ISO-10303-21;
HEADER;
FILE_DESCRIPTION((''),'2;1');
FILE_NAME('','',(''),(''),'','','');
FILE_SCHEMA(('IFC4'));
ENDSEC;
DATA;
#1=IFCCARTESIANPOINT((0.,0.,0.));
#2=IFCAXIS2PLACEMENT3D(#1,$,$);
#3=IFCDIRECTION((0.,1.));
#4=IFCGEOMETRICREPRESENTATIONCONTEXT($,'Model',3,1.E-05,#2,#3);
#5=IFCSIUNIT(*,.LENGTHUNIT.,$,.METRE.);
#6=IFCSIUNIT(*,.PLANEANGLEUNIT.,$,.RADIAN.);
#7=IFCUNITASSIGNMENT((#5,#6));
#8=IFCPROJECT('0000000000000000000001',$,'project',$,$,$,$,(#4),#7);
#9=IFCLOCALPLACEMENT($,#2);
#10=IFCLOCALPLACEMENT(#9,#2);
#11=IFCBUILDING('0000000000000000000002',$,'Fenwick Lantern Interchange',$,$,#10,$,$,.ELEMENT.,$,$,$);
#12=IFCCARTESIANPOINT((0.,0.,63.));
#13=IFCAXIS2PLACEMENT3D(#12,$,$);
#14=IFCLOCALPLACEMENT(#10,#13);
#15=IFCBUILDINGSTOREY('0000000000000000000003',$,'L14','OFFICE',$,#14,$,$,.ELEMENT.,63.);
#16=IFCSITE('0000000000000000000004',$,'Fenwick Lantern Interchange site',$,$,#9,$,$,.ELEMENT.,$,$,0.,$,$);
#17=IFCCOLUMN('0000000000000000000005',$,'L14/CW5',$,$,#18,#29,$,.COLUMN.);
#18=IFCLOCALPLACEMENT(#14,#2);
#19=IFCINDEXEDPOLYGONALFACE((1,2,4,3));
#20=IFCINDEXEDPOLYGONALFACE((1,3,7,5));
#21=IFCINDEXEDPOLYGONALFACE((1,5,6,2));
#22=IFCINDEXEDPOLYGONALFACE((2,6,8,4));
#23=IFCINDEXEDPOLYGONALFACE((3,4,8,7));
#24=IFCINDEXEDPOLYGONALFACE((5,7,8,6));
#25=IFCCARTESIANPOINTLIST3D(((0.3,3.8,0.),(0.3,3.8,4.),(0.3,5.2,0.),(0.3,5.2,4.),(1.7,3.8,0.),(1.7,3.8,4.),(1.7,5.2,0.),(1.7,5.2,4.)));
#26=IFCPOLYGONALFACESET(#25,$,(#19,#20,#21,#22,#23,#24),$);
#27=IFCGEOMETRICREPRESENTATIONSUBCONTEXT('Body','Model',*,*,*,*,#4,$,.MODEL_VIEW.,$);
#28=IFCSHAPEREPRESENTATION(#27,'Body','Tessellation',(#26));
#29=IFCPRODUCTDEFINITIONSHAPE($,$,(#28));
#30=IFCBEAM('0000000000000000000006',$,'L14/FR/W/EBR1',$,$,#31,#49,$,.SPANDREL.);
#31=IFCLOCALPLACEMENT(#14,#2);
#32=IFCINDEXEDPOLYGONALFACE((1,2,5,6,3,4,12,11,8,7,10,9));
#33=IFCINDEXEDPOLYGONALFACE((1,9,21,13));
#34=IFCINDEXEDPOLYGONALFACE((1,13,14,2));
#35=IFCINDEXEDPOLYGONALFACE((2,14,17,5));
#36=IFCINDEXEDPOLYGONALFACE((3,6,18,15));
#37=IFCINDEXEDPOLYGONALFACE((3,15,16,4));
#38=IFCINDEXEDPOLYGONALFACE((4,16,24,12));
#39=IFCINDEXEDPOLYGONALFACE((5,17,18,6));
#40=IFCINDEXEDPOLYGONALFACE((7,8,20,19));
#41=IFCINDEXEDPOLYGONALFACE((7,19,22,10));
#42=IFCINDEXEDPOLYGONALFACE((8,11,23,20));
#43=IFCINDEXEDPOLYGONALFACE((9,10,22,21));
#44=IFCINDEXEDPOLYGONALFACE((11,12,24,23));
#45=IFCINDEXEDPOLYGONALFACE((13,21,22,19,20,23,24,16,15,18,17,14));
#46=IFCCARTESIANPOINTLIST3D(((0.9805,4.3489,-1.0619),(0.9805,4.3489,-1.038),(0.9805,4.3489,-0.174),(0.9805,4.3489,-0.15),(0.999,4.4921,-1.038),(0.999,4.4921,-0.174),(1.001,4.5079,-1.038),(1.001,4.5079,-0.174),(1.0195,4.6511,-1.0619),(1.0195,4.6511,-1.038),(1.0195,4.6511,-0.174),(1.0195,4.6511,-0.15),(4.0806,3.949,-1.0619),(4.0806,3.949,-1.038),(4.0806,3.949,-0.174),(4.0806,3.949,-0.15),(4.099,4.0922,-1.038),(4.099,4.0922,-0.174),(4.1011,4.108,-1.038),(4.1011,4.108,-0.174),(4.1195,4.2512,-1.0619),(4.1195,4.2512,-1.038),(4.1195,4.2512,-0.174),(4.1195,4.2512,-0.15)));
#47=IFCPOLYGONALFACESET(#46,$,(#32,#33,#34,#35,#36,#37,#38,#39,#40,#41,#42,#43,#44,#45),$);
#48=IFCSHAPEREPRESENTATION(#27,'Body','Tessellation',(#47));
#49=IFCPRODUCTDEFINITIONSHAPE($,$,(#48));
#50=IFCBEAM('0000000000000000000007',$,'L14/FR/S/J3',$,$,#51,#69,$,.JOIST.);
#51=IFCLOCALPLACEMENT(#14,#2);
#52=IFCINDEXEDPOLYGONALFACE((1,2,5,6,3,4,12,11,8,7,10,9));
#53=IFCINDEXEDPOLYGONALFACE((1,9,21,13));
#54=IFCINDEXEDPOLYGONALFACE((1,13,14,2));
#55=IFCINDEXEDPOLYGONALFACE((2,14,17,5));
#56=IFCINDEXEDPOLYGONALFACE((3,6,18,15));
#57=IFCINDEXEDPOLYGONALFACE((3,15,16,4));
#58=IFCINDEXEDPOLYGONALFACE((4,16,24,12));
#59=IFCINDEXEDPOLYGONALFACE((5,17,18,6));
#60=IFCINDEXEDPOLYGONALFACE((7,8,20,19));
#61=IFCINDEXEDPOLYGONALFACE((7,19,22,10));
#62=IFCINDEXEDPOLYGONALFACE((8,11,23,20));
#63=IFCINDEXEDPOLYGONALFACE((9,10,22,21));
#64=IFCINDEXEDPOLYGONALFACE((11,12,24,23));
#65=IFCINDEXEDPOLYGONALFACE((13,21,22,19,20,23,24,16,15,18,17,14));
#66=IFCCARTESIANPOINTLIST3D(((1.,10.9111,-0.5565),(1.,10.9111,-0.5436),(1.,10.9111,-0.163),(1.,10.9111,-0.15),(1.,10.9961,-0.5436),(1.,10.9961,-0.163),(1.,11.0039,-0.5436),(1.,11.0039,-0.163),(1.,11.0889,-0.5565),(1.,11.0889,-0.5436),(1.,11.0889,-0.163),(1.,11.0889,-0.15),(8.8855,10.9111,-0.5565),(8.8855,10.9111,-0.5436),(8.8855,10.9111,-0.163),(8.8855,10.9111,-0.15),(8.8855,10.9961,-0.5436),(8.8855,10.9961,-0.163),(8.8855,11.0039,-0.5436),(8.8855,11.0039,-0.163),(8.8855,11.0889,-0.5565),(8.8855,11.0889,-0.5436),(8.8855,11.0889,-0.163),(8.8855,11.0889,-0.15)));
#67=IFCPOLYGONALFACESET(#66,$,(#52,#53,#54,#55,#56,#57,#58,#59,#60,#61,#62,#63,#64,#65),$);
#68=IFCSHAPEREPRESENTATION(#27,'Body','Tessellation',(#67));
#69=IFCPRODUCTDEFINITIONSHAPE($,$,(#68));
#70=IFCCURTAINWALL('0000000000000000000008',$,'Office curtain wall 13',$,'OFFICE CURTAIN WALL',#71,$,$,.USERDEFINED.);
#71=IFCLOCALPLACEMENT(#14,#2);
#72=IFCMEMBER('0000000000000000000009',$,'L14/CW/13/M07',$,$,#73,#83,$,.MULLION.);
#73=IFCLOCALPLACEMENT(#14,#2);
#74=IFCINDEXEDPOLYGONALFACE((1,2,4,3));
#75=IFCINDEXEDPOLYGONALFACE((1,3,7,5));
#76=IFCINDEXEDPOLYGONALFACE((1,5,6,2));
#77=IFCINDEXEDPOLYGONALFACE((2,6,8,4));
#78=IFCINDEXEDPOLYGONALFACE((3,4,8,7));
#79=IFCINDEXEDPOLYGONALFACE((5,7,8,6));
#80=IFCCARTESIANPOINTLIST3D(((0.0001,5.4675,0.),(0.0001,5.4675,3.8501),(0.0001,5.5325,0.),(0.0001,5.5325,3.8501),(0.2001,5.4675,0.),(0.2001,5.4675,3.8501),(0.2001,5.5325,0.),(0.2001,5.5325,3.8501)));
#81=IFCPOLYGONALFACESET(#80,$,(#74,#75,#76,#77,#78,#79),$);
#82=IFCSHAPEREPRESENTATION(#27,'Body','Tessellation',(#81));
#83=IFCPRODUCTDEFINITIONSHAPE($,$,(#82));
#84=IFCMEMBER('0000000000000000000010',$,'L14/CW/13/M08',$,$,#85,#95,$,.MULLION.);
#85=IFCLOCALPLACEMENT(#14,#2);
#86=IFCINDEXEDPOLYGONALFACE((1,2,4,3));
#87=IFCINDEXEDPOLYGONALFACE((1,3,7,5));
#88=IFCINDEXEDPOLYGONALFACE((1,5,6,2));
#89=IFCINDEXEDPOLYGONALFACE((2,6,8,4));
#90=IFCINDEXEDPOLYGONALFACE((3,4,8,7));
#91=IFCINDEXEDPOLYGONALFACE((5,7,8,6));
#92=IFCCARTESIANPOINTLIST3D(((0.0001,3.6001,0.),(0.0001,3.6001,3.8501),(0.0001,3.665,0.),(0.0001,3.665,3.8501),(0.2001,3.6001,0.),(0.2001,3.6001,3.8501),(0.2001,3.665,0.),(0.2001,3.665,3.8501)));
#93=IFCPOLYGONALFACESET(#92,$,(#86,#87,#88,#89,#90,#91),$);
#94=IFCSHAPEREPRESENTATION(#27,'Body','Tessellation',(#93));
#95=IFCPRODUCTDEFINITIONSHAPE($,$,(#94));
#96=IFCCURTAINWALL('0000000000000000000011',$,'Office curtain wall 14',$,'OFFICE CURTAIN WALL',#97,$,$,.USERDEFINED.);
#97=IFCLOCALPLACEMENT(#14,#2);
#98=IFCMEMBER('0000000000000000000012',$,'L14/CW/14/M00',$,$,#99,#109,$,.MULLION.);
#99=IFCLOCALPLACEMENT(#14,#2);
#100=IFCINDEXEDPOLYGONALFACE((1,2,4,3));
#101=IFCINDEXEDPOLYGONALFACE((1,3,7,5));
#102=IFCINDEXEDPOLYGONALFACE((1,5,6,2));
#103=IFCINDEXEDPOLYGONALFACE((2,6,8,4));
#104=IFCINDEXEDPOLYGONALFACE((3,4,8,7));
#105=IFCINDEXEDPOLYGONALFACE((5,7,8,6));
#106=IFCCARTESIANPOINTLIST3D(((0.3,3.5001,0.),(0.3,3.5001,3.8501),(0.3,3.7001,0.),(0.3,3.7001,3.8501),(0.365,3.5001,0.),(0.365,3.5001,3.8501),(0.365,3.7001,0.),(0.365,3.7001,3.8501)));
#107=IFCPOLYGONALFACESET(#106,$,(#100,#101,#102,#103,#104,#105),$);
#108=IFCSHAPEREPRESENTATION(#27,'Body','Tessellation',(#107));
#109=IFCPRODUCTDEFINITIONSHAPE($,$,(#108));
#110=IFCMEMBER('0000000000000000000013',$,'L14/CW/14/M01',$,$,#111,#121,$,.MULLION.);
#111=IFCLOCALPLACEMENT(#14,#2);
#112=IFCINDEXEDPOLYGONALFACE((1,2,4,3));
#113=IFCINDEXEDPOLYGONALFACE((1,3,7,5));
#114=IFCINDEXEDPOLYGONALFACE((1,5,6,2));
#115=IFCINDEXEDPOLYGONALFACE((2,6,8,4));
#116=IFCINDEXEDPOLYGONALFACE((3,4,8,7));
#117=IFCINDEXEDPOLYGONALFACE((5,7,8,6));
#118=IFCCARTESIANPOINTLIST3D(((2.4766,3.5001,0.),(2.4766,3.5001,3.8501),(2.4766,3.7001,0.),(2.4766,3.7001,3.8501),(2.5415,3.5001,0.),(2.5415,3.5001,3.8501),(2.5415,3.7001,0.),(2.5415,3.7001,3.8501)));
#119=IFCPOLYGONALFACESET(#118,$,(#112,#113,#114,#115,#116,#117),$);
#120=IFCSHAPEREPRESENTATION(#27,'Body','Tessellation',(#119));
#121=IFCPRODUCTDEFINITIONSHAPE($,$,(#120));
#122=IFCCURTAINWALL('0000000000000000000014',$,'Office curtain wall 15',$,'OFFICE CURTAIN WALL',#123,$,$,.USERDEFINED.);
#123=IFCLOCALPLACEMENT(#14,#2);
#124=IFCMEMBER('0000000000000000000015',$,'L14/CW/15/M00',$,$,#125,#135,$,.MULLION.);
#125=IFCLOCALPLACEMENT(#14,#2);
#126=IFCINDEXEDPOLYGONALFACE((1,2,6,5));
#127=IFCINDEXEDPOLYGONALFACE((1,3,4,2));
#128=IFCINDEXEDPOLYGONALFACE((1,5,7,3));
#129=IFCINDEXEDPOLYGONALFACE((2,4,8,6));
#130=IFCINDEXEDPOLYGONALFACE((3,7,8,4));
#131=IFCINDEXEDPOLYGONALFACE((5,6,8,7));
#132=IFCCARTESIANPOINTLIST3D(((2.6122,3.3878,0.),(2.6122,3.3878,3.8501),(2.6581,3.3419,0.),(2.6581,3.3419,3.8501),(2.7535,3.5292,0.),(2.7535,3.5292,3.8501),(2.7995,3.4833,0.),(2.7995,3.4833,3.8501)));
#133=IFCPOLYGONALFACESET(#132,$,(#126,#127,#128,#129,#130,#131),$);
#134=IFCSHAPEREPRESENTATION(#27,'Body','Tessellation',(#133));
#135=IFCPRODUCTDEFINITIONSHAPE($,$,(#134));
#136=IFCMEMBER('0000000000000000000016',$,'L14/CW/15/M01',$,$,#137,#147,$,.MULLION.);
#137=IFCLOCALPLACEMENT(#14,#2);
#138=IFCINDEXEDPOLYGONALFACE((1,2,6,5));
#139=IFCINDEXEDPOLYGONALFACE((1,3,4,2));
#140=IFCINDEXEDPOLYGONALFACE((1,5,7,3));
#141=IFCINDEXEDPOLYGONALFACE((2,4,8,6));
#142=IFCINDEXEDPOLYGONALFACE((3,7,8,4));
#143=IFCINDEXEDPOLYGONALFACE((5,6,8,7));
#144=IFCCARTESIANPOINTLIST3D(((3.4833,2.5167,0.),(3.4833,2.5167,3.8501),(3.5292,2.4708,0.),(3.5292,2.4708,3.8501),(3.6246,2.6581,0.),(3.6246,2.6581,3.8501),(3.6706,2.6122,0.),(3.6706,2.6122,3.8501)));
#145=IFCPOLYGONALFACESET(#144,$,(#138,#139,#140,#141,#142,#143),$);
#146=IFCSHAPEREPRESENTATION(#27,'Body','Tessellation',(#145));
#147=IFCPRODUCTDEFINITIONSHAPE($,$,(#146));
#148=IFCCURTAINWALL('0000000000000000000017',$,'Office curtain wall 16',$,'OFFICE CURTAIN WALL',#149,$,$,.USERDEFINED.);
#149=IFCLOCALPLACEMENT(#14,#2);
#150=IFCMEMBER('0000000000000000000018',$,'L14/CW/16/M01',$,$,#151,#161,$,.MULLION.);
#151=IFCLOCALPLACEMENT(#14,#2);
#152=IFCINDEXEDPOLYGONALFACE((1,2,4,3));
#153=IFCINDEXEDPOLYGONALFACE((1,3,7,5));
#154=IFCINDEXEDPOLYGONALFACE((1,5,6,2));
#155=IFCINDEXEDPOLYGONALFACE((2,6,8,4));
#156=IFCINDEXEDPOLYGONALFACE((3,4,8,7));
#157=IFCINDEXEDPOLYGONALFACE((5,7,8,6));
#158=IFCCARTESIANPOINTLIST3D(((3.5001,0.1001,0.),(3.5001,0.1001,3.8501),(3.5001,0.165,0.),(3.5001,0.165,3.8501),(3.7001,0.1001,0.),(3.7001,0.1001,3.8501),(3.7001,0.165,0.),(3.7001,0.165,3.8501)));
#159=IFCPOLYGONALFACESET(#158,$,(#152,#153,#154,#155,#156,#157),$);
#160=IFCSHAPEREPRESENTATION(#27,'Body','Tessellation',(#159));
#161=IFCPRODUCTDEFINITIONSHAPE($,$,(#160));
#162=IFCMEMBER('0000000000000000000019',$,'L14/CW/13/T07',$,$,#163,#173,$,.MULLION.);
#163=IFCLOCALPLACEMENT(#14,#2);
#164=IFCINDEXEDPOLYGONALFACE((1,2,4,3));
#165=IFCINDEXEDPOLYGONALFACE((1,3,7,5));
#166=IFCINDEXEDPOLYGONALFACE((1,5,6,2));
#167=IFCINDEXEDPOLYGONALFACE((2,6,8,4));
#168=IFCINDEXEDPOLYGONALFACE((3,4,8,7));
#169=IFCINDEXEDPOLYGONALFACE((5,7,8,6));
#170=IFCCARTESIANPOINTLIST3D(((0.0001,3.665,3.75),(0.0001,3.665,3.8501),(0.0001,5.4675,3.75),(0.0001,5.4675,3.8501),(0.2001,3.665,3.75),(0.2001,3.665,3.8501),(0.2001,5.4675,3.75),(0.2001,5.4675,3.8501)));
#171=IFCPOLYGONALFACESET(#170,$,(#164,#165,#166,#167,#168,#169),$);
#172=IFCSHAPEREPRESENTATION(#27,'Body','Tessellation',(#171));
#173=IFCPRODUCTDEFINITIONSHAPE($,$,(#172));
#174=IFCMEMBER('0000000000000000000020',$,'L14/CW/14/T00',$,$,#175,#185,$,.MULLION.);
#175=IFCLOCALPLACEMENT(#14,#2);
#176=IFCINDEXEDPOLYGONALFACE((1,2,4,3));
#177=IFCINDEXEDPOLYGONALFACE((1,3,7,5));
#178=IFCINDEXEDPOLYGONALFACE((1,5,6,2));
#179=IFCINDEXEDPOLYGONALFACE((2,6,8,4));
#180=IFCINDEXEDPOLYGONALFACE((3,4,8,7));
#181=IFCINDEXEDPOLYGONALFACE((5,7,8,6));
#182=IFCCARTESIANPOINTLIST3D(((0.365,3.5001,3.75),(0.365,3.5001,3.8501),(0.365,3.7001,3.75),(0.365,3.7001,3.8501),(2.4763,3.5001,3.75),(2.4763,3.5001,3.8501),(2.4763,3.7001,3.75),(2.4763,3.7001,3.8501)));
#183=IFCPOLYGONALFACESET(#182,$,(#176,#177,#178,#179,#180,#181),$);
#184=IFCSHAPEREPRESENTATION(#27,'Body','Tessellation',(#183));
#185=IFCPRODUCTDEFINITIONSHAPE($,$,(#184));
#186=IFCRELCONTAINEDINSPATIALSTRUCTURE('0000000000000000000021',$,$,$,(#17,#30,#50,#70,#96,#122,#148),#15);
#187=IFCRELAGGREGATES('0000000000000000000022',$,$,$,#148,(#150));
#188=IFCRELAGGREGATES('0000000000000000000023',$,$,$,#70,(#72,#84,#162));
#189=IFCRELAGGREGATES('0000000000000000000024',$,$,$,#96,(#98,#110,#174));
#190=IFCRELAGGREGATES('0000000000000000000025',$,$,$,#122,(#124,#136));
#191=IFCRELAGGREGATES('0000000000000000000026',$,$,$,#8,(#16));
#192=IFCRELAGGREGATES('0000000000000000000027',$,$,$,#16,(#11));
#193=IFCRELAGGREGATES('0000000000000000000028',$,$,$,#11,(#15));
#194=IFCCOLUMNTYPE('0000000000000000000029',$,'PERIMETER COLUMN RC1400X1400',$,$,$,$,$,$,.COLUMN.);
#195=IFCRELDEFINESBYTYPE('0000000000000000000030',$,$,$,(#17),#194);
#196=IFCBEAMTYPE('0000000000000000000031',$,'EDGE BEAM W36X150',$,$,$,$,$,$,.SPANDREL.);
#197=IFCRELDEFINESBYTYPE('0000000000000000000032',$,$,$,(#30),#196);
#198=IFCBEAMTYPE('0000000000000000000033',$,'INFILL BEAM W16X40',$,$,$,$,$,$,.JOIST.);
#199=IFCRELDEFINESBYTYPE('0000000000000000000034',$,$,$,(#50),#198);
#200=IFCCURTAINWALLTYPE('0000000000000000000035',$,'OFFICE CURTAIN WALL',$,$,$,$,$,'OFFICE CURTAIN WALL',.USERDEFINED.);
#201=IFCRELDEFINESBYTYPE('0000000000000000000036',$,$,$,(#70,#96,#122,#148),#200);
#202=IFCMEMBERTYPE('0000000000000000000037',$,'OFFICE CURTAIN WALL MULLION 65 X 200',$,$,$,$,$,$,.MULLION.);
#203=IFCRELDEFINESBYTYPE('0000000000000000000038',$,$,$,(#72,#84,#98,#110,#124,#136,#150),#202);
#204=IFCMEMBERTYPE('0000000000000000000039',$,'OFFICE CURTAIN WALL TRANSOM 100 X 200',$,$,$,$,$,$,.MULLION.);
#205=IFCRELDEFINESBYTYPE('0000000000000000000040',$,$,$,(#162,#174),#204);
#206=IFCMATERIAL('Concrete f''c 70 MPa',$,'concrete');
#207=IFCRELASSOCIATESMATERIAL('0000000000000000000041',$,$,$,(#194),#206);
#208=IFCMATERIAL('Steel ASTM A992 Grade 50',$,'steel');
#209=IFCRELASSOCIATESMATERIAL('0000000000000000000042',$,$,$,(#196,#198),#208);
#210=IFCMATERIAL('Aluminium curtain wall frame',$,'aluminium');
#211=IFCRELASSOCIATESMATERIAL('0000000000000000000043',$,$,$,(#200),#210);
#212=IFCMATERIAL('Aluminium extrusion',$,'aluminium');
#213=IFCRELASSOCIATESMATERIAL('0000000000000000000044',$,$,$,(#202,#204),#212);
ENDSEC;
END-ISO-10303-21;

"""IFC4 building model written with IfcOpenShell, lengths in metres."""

from ifc_helpers import new_model, si_unit, direction, frame, origin, origin_2d, place, context, subcontext, project, spatial, rectangle, i_section, extrude, material, material_profile, profile_set, type_object, element, aggregate, save


model = new_model("IFC4")

# Units and contexts
model_context = context("Model", 3, precision=1e-05, world=origin(), true_north=direction((0.0, 1.0)))
body_context = subcontext(model_context, "Body", "Model", "MODEL_VIEW")
ifc_project = project(units=[si_unit("LENGTHUNIT", "METRE"), si_unit("PLANEANGLEUNIT", "RADIAN")], contexts=[model_context])

# Site, building, storey
site_placement = place(None, origin())
site = spatial("IfcSite", under=ifc_project, at=site_placement, Name="Fenwick Lantern Interchange site", CompositionType="ELEMENT", RefElevation=0.0)
building_placement = place(site_placement, origin())
building = spatial("IfcBuilding", under=site, at=building_placement, Name="Fenwick Lantern Interchange", CompositionType="ELEMENT")
storey_placement = place(building_placement, frame((0.0, 0.0, 63.0)))
storey = spatial("IfcBuildingStorey", under=building, at=storey_placement, Name="L14", Description="OFFICE", CompositionType="ELEMENT", Elevation=63.0)

# Column
ifc_material_1 = material(Name="Concrete f'c 70 MPa", Category="concrete")
ifc_material_profile_1 = material_profile(ifc_material_1, rectangle(XDim=1.3999, YDim=1.3999, at=origin_2d()), Name="RC1400X1400")
ifc_profile_set_1 = profile_set([ifc_material_profile_1], Name="Concrete f'c 70 MPa")
column_type = type_object("IfcColumnType", Name="PERIMETER COLUMN RC1400X1400", PredefinedType="COLUMN", material=ifc_profile_set_1)
column_placement = place(storey_placement, frame((1.0, 4.5, 0.0), z_axis=(0.0, 0.0, 1.0), x_axis=(1.0, 0.0, 0.0)))
element("IfcColumn", 1, at=column_placement, inside=storey, type_object=column_type, Name="L14/CW5", PredefinedType="COLUMN", context=body_context, shape_type="SweptSolid", body=[
    extrude(rectangle(XDim=1.3999, YDim=1.3999, at=origin_2d()), origin(), (0.0, 0.0, 1.0), 4.0),
])

# Beams
ifc_material_2 = material(Name="Steel ASTM A992 Grade 50", Category="steel")
ifc_material_profile_2 = material_profile(ifc_material_2, i_section(OverallWidth=0.3047, OverallDepth=0.9119, WebThickness=0.0159, FlangeThickness=0.0239, at=origin_2d()), Name="W36X150")
ifc_profile_set_2 = profile_set([ifc_material_profile_2], Name="Steel ASTM A992 Grade 50")
beam_type_1 = type_object("IfcBeamType", Name="EDGE BEAM W36X150", PredefinedType="SPANDREL", material=ifc_profile_set_2)
beam_1_placement = place(storey_placement, frame((1.0, 4.5, -0.606), z_axis=(0.991782, -0.127937, 0.0), x_axis=(0.127937, 0.991782, 0.0)))
element("IfcBeam", 2, at=beam_1_placement, inside=storey, type_object=beam_type_1, Name="L14/FR/W/EBR1", PredefinedType="SPANDREL", context=body_context, shape_type="SweptSolid", body=[
    extrude(i_section(OverallWidth=0.3047, OverallDepth=0.9119, WebThickness=0.0159, FlangeThickness=0.0239, at=origin_2d()), origin(), (0.0, 0.0, 1.0), 3.1257),
])
ifc_material_profile_3 = material_profile(ifc_material_2, i_section(OverallWidth=0.1777, OverallDepth=0.4065, WebThickness=0.0078, FlangeThickness=0.0129, at=origin_2d()), Name="W16X40")
ifc_profile_set_3 = profile_set([ifc_material_profile_3], Name="Steel ASTM A992 Grade 50")
beam_type_2 = type_object("IfcBeamType", Name="INFILL BEAM W16X40", PredefinedType="JOIST", material=ifc_profile_set_3)
beam_2_placement = place(storey_placement, frame((1.0, 11.0, -0.3533), z_axis=(1.0, 0.0, 0.0), x_axis=(0.0, 1.0, 0.0)))
element("IfcBeam", 3, at=beam_2_placement, inside=storey, type_object=beam_type_2, Name="L14/FR/S/J3", PredefinedType="JOIST", context=body_context, shape_type="SweptSolid", body=[
    extrude(i_section(OverallWidth=0.1777, OverallDepth=0.4065, WebThickness=0.0078, FlangeThickness=0.0129, at=origin_2d()), origin(), (0.0, 0.0, 1.0), 7.8855),
])

# Curtain walls, members
ifc_material_3 = material(Name="Aluminium curtain wall frame", Category="aluminium")
curtain_wall_type = type_object("IfcCurtainWallType", Name="OFFICE CURTAIN WALL", ElementType="OFFICE CURTAIN WALL", PredefinedType="USERDEFINED", material=ifc_material_3)
curtain_wall_1_placement = place(storey_placement, origin())
curtain_wall_1 = element("IfcCurtainWall", 4, at=curtain_wall_1_placement, inside=storey, type_object=curtain_wall_type, Name="Office curtain wall 13", ObjectType="OFFICE CURTAIN WALL", PredefinedType="USERDEFINED")
ifc_material_4 = material(Name="Aluminium extrusion", Category="aluminium")
ifc_material_profile_4 = material_profile(ifc_material_4, rectangle(XDim=0.2, YDim=0.0649, at=origin_2d()), Name="OFFICE CURTAIN WALL MULLION 65 X 200")
ifc_profile_set_4 = profile_set([ifc_material_profile_4], Name="Aluminium extrusion")
member_type_1 = type_object("IfcMemberType", Name="OFFICE CURTAIN WALL MULLION 65 X 200", PredefinedType="MULLION", material=ifc_profile_set_4)
member_1_placement = place(storey_placement, frame((0.1001, 5.5, 0.0), z_axis=(0.0, 0.0, 1.0), x_axis=(1.0, 0.0, 0.0)))
member_1 = element("IfcMember", 5, at=member_1_placement, type_object=member_type_1, Name="L14/CW/13/M07", PredefinedType="MULLION", context=body_context, shape_type="SweptSolid", body=[
    extrude(rectangle(XDim=0.2, YDim=0.0649, at=origin_2d()), origin(), (0.0, 0.0, 1.0), 3.8501),
])
member_2_placement = place(storey_placement, frame((0.1001, 3.6326, 0.0), z_axis=(0.0, 0.0, 1.0), x_axis=(1.0, 0.0, 0.0)))
member_2 = element("IfcMember", 6, at=member_2_placement, type_object=member_type_1, Name="L14/CW/13/M08", PredefinedType="MULLION", context=body_context, shape_type="SweptSolid", body=[
    extrude(rectangle(XDim=0.2, YDim=0.0649, at=origin_2d()), origin(), (0.0, 0.0, 1.0), 3.8501),
])
curtain_wall_2_placement = place(storey_placement, origin())
curtain_wall_2 = element("IfcCurtainWall", 7, at=curtain_wall_2_placement, inside=storey, type_object=curtain_wall_type, Name="Office curtain wall 14", ObjectType="OFFICE CURTAIN WALL", PredefinedType="USERDEFINED")
member_3_placement = place(storey_placement, frame((0.3325, 3.6001, 0.0), z_axis=(0.0, 0.0, 1.0), x_axis=(0.0, 1.0, 0.0)))
member_3 = element("IfcMember", 8, at=member_3_placement, type_object=member_type_1, Name="L14/CW/14/M00", PredefinedType="MULLION", context=body_context, shape_type="SweptSolid", body=[
    extrude(rectangle(XDim=0.2, YDim=0.0649, at=origin_2d()), origin(), (0.0, 0.0, 1.0), 3.8501),
])
member_4_placement = place(storey_placement, frame((2.509, 3.6001, 0.0), z_axis=(0.0, 0.0, 1.0), x_axis=(0.0, 1.0, 0.0)))
member_4 = element("IfcMember", 9, at=member_4_placement, type_object=member_type_1, Name="L14/CW/14/M01", PredefinedType="MULLION", context=body_context, shape_type="SweptSolid", body=[
    extrude(rectangle(XDim=0.2, YDim=0.0649, at=origin_2d()), origin(), (0.0, 0.0, 1.0), 3.8501),
])
curtain_wall_3_placement = place(storey_placement, origin())
curtain_wall_3 = element("IfcCurtainWall", 10, at=curtain_wall_3_placement, inside=storey, type_object=curtain_wall_type, Name="Office curtain wall 15", ObjectType="OFFICE CURTAIN WALL", PredefinedType="USERDEFINED")
member_5_placement = place(storey_placement, frame((2.7058, 3.4355, 0.0), z_axis=(0.0, 0.0, 1.0), x_axis=(0.707107, 0.707107, 0.0)))
member_5 = element("IfcMember", 11, at=member_5_placement, type_object=member_type_1, Name="L14/CW/15/M00", PredefinedType="MULLION", context=body_context, shape_type="SweptSolid", body=[
    extrude(rectangle(XDim=0.2, YDim=0.0649, at=origin_2d()), origin(), (0.0, 0.0, 1.0), 3.8501),
])
member_6_placement = place(storey_placement, frame((3.5769, 2.5645, 0.0), z_axis=(0.0, 0.0, 1.0), x_axis=(0.707107, 0.707107, 0.0)))
member_6 = element("IfcMember", 12, at=member_6_placement, type_object=member_type_1, Name="L14/CW/15/M01", PredefinedType="MULLION", context=body_context, shape_type="SweptSolid", body=[
    extrude(rectangle(XDim=0.2, YDim=0.0649, at=origin_2d()), origin(), (0.0, 0.0, 1.0), 3.8501),
])

# Curtain wall, member
curtain_wall_4_placement = place(storey_placement, origin())
curtain_wall_4 = element("IfcCurtainWall", 13, at=curtain_wall_4_placement, inside=storey, type_object=curtain_wall_type, Name="Office curtain wall 16", ObjectType="OFFICE CURTAIN WALL", PredefinedType="USERDEFINED")
member_7_placement = place(storey_placement, frame((3.6001, 0.1326, 0.0), z_axis=(0.0, 0.0, 1.0), x_axis=(1.0, 0.0, 0.0)))
member_7 = element("IfcMember", 14, at=member_7_placement, type_object=member_type_1, Name="L14/CW/16/M01", PredefinedType="MULLION", context=body_context, shape_type="SweptSolid", body=[
    extrude(rectangle(XDim=0.2, YDim=0.0649, at=origin_2d()), origin(), (0.0, 0.0, 1.0), 3.8501),
])
aggregate(curtain_wall_4, [member_7])

# Members
ifc_material_profile_5 = material_profile(ifc_material_4, rectangle(XDim=0.2, YDim=0.1001, at=origin_2d()), Name="OFFICE CURTAIN WALL TRANSOM 100 X 200")
ifc_profile_set_5 = profile_set([ifc_material_profile_5], Name="Aluminium extrusion")
member_type_2 = type_object("IfcMemberType", Name="OFFICE CURTAIN WALL TRANSOM 100 X 200", PredefinedType="MULLION", material=ifc_profile_set_5)
member_8_placement = place(storey_placement, frame((0.1001, 5.4675, 3.8), z_axis=(0.0, -1.0, 0.0), x_axis=(1.0, 0.0, 0.0)))
member_8 = element("IfcMember", 15, at=member_8_placement, type_object=member_type_2, Name="L14/CW/13/T07", PredefinedType="MULLION", context=body_context, shape_type="SweptSolid", body=[
    extrude(rectangle(XDim=0.2, YDim=0.1001, at=origin_2d()), origin(), (0.0, 0.0, 1.0), 1.8025),
])
aggregate(curtain_wall_1, [member_1, member_2, member_8])
member_9_placement = place(storey_placement, frame((0.365, 3.6001, 3.8), z_axis=(1.0, 0.0, 0.0), x_axis=(0.0, 1.0, 0.0)))
member_9 = element("IfcMember", 16, at=member_9_placement, type_object=member_type_2, Name="L14/CW/14/T00", PredefinedType="MULLION", context=body_context, shape_type="SweptSolid", body=[
    extrude(rectangle(XDim=0.2, YDim=0.1001, at=origin_2d()), origin(), (0.0, 0.0, 1.0), 2.1113),
])
aggregate(curtain_wall_2, [member_3, member_4, member_9])
aggregate(curtain_wall_3, [member_5, member_6])

save(model, "model.ifc")
